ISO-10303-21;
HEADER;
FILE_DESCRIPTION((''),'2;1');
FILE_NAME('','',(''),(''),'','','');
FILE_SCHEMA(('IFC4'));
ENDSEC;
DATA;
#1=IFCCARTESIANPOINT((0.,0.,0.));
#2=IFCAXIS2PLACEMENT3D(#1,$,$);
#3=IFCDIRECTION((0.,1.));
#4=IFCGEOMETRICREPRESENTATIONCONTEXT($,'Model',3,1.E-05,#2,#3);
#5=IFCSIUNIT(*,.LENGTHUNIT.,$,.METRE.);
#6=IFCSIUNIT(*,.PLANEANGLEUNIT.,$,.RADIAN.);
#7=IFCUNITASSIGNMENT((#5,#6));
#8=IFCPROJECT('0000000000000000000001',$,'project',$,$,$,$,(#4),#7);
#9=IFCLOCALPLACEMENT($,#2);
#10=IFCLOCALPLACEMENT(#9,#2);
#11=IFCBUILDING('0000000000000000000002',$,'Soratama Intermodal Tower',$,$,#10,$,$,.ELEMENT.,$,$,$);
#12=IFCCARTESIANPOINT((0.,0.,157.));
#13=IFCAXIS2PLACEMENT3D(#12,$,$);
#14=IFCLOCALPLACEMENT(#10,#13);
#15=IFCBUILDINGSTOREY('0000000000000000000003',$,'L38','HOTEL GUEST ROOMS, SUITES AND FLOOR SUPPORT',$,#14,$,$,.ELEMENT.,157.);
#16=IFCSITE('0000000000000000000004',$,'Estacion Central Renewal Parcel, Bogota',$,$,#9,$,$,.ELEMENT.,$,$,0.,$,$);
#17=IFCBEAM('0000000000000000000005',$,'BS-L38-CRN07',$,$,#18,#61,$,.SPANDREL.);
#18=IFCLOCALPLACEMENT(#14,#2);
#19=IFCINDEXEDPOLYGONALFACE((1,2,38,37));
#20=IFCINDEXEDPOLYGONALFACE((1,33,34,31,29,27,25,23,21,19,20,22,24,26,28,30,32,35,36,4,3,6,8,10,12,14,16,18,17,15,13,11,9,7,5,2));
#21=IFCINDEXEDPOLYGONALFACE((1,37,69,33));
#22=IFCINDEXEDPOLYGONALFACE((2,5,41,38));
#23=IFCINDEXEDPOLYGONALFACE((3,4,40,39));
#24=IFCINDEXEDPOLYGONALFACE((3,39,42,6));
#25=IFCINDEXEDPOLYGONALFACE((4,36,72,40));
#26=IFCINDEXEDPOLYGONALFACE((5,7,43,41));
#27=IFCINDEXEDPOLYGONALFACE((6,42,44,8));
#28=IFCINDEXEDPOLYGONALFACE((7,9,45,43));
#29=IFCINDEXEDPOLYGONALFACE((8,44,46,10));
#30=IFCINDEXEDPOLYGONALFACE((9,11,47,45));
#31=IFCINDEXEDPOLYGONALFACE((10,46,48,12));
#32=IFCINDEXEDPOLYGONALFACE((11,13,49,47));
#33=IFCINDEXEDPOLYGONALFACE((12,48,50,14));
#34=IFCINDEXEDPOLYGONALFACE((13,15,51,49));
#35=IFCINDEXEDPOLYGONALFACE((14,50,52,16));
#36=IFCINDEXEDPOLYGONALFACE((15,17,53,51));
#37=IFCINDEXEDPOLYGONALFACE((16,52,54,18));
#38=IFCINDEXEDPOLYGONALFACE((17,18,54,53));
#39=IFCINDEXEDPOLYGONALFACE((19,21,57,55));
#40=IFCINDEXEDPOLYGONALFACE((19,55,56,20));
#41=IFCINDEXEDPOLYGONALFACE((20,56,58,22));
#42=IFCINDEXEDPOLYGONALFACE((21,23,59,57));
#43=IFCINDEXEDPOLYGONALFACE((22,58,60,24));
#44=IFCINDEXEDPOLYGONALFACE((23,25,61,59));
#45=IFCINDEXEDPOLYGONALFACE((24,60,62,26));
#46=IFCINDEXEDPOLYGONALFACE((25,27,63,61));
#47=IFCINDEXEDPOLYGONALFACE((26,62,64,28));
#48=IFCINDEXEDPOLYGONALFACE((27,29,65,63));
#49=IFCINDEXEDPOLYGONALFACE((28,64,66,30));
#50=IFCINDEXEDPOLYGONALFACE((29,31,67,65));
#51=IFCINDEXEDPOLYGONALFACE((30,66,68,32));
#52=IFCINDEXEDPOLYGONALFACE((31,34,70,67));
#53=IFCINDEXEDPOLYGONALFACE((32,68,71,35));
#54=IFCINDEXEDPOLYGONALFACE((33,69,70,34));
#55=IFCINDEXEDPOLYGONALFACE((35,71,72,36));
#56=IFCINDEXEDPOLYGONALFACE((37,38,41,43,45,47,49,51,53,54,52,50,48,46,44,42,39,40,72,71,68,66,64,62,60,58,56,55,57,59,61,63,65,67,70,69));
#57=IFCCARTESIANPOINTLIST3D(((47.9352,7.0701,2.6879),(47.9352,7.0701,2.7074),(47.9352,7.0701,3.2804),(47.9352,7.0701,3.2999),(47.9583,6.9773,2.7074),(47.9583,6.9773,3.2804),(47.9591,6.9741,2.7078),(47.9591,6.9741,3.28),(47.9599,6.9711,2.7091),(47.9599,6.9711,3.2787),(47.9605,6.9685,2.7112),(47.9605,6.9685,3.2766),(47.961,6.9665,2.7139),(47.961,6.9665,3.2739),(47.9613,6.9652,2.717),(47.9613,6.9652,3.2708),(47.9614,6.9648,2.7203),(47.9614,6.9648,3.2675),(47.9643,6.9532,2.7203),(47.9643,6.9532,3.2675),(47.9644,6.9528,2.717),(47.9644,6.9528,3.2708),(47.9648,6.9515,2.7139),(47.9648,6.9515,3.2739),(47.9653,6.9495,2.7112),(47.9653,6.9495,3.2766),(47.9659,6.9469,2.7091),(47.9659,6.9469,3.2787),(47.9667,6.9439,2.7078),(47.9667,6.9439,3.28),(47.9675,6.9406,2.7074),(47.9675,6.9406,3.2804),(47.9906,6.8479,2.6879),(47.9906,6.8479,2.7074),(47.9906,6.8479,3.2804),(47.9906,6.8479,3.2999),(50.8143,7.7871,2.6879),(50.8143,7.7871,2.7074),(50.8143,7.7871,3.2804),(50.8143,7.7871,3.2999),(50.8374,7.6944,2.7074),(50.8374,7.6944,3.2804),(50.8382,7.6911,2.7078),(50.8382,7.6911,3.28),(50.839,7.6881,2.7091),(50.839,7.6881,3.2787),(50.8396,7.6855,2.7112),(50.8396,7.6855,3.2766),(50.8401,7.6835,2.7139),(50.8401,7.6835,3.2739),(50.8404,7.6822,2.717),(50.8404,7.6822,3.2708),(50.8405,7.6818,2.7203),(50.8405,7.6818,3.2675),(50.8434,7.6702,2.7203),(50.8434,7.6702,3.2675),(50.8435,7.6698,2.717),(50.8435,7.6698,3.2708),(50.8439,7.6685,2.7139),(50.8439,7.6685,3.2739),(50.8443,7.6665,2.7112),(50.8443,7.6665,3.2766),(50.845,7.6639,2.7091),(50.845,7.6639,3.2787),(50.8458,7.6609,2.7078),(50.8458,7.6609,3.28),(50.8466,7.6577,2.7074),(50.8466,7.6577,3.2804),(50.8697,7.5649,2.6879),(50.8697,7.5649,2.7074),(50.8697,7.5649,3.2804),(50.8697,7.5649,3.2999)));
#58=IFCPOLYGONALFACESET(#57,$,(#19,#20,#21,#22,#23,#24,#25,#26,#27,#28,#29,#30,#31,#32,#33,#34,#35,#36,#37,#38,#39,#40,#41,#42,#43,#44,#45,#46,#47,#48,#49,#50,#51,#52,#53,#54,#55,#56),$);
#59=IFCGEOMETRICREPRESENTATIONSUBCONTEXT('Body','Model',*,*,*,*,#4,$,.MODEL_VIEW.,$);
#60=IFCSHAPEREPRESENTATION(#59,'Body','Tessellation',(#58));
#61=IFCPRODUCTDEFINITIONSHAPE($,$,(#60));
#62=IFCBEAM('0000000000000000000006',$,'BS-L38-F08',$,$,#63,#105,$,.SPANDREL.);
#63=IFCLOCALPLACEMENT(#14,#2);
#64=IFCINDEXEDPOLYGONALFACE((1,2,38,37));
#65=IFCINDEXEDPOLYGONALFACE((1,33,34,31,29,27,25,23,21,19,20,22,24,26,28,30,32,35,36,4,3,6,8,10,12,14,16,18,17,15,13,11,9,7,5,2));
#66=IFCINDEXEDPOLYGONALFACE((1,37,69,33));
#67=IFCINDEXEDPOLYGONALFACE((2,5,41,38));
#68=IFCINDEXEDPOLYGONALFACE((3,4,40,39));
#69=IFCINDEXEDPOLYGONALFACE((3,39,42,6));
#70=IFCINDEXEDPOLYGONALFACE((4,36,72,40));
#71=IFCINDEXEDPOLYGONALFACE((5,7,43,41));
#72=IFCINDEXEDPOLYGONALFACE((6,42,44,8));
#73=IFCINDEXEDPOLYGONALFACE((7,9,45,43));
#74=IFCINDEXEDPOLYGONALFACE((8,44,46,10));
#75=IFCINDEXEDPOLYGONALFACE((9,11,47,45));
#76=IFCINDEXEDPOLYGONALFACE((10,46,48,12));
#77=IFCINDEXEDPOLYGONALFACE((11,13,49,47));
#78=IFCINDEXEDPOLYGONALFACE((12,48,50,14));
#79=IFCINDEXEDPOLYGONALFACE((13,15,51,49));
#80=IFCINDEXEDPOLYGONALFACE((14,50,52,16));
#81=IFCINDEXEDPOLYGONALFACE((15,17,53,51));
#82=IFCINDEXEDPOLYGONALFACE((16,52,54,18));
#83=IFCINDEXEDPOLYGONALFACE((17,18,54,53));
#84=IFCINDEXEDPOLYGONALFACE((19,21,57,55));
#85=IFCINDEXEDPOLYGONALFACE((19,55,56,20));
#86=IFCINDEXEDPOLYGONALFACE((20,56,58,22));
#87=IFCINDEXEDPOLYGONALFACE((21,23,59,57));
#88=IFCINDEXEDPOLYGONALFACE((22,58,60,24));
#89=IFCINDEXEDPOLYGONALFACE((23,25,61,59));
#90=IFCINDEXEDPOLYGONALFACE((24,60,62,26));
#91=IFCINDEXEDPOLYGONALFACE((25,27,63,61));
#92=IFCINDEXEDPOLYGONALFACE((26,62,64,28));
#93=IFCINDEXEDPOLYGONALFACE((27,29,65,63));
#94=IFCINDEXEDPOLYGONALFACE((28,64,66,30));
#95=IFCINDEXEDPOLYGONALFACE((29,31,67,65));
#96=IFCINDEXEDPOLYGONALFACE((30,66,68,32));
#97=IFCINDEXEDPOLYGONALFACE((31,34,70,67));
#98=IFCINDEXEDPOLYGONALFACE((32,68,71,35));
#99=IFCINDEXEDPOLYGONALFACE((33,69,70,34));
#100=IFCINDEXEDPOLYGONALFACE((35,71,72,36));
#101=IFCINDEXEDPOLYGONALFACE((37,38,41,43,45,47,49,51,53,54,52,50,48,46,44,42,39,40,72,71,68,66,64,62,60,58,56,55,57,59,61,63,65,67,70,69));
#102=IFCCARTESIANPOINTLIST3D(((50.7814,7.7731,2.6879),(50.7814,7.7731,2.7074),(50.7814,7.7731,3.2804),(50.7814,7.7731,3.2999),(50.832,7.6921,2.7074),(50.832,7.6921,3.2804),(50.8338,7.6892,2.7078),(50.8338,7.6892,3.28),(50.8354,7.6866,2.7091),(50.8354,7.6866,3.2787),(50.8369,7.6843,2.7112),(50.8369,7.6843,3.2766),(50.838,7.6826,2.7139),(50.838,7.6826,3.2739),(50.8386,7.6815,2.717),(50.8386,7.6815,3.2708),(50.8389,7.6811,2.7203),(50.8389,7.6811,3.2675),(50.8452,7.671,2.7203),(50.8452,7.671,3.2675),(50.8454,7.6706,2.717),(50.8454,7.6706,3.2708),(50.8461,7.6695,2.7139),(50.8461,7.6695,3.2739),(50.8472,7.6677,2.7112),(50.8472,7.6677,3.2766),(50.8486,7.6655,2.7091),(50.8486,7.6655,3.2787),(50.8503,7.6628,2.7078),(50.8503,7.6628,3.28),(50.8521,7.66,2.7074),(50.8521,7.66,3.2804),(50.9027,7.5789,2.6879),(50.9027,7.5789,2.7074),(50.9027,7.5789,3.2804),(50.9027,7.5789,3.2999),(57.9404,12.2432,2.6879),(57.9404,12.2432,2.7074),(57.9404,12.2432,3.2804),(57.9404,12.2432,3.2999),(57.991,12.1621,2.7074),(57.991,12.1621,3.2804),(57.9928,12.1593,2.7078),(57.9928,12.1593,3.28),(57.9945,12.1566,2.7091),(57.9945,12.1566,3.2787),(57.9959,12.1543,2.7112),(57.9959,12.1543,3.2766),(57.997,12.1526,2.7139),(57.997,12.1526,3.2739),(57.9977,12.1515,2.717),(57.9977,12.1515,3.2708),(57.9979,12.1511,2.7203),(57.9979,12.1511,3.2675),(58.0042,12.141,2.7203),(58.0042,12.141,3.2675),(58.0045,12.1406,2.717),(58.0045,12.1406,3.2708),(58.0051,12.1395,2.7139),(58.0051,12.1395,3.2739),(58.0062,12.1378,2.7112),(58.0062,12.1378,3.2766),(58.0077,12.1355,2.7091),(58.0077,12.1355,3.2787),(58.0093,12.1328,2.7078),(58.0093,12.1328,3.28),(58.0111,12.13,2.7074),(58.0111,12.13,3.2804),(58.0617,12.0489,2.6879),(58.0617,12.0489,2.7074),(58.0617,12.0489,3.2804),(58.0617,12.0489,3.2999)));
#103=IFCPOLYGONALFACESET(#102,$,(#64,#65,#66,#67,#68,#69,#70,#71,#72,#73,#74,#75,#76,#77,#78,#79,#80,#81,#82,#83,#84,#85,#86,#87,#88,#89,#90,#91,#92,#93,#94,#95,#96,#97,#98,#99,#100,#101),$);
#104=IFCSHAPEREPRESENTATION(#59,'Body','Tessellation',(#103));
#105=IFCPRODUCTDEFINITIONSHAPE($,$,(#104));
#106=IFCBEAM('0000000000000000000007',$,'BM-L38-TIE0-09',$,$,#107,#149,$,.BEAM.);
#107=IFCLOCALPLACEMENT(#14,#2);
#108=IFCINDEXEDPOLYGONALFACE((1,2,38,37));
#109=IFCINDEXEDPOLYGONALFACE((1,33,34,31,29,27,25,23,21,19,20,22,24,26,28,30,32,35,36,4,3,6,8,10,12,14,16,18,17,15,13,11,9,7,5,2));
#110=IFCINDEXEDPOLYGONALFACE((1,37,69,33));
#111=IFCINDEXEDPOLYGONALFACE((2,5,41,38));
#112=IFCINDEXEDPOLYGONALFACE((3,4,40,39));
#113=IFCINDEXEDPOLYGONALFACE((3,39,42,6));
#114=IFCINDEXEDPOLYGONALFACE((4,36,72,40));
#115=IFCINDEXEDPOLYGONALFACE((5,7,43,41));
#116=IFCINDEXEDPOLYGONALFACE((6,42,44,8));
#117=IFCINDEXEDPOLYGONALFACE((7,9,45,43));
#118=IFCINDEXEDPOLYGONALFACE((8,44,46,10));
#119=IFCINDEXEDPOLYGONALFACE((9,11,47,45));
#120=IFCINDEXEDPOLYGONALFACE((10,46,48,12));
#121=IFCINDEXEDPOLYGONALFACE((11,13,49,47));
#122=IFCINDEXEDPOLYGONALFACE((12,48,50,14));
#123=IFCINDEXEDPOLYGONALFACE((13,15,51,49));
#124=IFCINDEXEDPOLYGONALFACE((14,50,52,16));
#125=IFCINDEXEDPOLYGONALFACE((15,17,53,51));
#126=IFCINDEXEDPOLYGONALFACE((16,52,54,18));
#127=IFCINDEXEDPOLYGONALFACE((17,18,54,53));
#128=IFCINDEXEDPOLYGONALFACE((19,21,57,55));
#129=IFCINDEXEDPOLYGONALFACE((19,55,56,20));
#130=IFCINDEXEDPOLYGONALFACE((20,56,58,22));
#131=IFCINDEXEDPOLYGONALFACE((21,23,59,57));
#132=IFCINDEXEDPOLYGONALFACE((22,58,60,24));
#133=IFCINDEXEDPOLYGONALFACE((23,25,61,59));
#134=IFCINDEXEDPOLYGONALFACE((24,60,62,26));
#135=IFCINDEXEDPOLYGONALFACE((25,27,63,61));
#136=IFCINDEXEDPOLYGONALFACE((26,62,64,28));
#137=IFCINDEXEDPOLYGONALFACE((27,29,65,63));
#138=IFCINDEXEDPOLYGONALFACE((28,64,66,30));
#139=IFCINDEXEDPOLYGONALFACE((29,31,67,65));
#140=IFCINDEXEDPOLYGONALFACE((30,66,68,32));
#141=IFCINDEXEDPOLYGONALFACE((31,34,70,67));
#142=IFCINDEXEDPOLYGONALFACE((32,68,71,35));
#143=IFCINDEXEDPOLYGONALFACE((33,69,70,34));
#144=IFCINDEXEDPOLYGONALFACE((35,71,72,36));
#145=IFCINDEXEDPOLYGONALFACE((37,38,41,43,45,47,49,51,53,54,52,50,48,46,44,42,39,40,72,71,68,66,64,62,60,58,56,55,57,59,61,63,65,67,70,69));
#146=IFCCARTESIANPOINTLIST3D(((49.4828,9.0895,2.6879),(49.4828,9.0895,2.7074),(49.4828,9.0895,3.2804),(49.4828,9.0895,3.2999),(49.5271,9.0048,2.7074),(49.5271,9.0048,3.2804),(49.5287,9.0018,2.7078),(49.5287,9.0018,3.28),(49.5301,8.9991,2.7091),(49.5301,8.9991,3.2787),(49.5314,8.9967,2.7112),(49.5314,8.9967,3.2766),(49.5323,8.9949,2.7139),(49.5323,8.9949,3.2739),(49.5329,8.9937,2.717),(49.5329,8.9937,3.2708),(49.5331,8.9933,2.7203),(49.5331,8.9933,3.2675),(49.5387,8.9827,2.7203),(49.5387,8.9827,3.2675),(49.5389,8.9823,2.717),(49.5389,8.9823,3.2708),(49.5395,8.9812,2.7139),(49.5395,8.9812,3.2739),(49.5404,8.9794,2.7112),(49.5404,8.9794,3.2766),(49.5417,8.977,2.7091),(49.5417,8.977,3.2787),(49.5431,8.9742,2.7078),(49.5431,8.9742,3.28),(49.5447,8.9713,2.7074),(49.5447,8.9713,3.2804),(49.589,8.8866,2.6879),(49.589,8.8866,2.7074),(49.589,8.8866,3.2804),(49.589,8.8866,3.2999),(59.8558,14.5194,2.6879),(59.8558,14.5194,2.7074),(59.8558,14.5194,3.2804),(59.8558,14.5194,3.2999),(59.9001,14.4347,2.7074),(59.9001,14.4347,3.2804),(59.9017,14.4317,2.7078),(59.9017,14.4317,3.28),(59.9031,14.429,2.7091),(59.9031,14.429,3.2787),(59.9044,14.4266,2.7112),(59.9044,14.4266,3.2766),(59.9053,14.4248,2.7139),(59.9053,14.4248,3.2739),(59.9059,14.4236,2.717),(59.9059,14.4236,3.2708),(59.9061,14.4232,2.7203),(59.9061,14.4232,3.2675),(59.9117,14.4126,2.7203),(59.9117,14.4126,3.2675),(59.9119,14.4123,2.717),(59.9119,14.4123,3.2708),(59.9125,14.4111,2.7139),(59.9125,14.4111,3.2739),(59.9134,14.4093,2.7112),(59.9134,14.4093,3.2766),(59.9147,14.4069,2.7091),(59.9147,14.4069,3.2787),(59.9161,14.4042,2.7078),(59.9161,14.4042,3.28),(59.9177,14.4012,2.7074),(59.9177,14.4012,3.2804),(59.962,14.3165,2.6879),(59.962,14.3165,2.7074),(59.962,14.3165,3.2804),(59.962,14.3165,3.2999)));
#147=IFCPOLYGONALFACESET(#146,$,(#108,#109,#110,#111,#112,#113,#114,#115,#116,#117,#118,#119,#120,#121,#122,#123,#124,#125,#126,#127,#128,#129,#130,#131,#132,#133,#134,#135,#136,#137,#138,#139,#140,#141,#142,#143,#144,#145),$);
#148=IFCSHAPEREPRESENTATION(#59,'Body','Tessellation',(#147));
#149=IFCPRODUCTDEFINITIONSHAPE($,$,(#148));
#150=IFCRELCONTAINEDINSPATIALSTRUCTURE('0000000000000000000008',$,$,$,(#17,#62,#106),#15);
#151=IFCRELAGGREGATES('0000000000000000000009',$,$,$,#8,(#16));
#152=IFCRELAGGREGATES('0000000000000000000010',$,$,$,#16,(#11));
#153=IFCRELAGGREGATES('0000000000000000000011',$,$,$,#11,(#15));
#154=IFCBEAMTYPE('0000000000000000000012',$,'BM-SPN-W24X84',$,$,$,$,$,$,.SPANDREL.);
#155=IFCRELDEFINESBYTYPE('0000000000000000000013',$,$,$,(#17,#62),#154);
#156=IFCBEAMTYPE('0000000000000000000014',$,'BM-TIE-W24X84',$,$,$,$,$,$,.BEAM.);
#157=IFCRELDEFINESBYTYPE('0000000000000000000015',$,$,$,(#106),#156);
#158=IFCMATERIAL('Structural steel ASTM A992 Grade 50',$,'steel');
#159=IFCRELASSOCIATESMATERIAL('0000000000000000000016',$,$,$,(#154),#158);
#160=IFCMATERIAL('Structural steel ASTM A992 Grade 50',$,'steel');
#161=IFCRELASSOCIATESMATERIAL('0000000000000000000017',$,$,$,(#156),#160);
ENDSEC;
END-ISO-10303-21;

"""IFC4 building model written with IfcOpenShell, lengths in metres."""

from ifc_helpers import new_model, si_unit, direction, frame, origin, origin_2d, place, context, subcontext, project, spatial, i_section, extrude, material, material_profile, profile_set, type_object, element, save


model = new_model("IFC4")

# Units and contexts
model_context = context("Model", 3, precision=1e-05, world=origin(), true_north=direction((0.0, 1.0)))
body_context = subcontext(model_context, "Body", "Model", "MODEL_VIEW")
ifc_project = project(units=[si_unit("LENGTHUNIT", "METRE"), si_unit("PLANEANGLEUNIT", "RADIAN")], contexts=[model_context])

# Site, building, storey
site_placement = place(None, origin())
site = spatial("IfcSite", under=ifc_project, at=site_placement, Name="Estacion Central Renewal Parcel, Bogota", CompositionType="ELEMENT", RefElevation=0.0)
building_placement = place(site_placement, origin())
building = spatial("IfcBuilding", under=site, at=building_placement, Name="Soratama Intermodal Tower", CompositionType="ELEMENT")
storey_placement = place(building_placement, frame((0.0, 0.0, 157.0)))
storey = spatial("IfcBuildingStorey", under=building, at=storey_placement, Name="L38", Description="HOTEL GUEST ROOMS, SUITES AND FLOOR SUPPORT", CompositionType="ELEMENT", Elevation=157.0)

# Beams
ifc_material_1 = material(Name="Structural steel ASTM A992 Grade 50", Category="steel")
ifc_material_profile_1 = material_profile(ifc_material_1, i_section(OverallWidth=0.229, OverallDepth=0.6121, WebThickness=0.012, FlangeThickness=0.0195, FilletRadius=0.0129, at=origin_2d()), Name="W24X84")
ifc_profile_set_1 = profile_set([ifc_material_profile_1], Name="Structural steel ASTM A992 Grade 50")
beam_type_1 = type_object("IfcBeamType", Name="BM-SPN-W24X84", PredefinedType="SPANDREL", material=ifc_profile_set_1)
beam_1_placement = place(storey_placement, frame((47.9629, 6.959, 2.9939), z_axis=(0.97036, 0.241664, 0.0), x_axis=(-0.241664, 0.97036, 0.0)))
element("IfcBeam", 1, at=beam_1_placement, inside=storey, type_object=beam_type_1, Name="BS-L38-CRN07", PredefinedType="SPANDREL", context=body_context, shape_type="SweptSolid", body=[
    extrude(i_section(OverallWidth=0.229, OverallDepth=0.6121, WebThickness=0.012, FlangeThickness=0.0195, FilletRadius=0.0129, at=origin_2d()), origin(), (0.0, 0.0, 1.0), 2.967),
])
beam_2_placement = place(storey_placement, frame((50.842, 7.676, 2.9939), z_axis=(0.848231, 0.529627, 0.0), x_axis=(-0.529627, 0.848231, 0.0)))
element("IfcBeam", 2, at=beam_2_placement, inside=storey, type_object=beam_type_1, Name="BS-L38-F08", PredefinedType="SPANDREL", context=body_context, shape_type="SweptSolid", body=[
    extrude(i_section(OverallWidth=0.229, OverallDepth=0.6121, WebThickness=0.012, FlangeThickness=0.0195, FilletRadius=0.0129, at=origin_2d()), origin(), (0.0, 0.0, 1.0), 8.4399),
])
ifc_material_2 = material(Name="Structural steel ASTM A992 Grade 50", Category="steel")
ifc_material_profile_2 = material_profile(ifc_material_2, i_section(OverallWidth=0.229, OverallDepth=0.6121, WebThickness=0.012, FlangeThickness=0.0195, FilletRadius=0.0129, at=origin_2d()), Name="W24X84")
ifc_profile_set_2 = profile_set([ifc_material_profile_2], Name="Structural steel ASTM A992 Grade 50")
beam_type_2 = type_object("IfcBeamType", Name="BM-TIE-W24X84", PredefinedType="BEAM", material=ifc_profile_set_2)
beam_3_placement = place(storey_placement, frame((49.5359, 8.988, 2.9939), z_axis=(0.885957, 0.463768, 0.0), x_axis=(-0.463768, 0.885957, 0.0)))
element("IfcBeam", 3, at=beam_3_placement, inside=storey, type_object=beam_type_2, Name="BM-L38-TIE0-09", PredefinedType="BEAM", context=body_context, shape_type="SweptSolid", body=[
    extrude(i_section(OverallWidth=0.229, OverallDepth=0.6121, WebThickness=0.012, FlangeThickness=0.0195, FilletRadius=0.0129, at=origin_2d()), origin(), (0.0, 0.0, 1.0), 11.7083),
])

save(model, "model.ifc")
